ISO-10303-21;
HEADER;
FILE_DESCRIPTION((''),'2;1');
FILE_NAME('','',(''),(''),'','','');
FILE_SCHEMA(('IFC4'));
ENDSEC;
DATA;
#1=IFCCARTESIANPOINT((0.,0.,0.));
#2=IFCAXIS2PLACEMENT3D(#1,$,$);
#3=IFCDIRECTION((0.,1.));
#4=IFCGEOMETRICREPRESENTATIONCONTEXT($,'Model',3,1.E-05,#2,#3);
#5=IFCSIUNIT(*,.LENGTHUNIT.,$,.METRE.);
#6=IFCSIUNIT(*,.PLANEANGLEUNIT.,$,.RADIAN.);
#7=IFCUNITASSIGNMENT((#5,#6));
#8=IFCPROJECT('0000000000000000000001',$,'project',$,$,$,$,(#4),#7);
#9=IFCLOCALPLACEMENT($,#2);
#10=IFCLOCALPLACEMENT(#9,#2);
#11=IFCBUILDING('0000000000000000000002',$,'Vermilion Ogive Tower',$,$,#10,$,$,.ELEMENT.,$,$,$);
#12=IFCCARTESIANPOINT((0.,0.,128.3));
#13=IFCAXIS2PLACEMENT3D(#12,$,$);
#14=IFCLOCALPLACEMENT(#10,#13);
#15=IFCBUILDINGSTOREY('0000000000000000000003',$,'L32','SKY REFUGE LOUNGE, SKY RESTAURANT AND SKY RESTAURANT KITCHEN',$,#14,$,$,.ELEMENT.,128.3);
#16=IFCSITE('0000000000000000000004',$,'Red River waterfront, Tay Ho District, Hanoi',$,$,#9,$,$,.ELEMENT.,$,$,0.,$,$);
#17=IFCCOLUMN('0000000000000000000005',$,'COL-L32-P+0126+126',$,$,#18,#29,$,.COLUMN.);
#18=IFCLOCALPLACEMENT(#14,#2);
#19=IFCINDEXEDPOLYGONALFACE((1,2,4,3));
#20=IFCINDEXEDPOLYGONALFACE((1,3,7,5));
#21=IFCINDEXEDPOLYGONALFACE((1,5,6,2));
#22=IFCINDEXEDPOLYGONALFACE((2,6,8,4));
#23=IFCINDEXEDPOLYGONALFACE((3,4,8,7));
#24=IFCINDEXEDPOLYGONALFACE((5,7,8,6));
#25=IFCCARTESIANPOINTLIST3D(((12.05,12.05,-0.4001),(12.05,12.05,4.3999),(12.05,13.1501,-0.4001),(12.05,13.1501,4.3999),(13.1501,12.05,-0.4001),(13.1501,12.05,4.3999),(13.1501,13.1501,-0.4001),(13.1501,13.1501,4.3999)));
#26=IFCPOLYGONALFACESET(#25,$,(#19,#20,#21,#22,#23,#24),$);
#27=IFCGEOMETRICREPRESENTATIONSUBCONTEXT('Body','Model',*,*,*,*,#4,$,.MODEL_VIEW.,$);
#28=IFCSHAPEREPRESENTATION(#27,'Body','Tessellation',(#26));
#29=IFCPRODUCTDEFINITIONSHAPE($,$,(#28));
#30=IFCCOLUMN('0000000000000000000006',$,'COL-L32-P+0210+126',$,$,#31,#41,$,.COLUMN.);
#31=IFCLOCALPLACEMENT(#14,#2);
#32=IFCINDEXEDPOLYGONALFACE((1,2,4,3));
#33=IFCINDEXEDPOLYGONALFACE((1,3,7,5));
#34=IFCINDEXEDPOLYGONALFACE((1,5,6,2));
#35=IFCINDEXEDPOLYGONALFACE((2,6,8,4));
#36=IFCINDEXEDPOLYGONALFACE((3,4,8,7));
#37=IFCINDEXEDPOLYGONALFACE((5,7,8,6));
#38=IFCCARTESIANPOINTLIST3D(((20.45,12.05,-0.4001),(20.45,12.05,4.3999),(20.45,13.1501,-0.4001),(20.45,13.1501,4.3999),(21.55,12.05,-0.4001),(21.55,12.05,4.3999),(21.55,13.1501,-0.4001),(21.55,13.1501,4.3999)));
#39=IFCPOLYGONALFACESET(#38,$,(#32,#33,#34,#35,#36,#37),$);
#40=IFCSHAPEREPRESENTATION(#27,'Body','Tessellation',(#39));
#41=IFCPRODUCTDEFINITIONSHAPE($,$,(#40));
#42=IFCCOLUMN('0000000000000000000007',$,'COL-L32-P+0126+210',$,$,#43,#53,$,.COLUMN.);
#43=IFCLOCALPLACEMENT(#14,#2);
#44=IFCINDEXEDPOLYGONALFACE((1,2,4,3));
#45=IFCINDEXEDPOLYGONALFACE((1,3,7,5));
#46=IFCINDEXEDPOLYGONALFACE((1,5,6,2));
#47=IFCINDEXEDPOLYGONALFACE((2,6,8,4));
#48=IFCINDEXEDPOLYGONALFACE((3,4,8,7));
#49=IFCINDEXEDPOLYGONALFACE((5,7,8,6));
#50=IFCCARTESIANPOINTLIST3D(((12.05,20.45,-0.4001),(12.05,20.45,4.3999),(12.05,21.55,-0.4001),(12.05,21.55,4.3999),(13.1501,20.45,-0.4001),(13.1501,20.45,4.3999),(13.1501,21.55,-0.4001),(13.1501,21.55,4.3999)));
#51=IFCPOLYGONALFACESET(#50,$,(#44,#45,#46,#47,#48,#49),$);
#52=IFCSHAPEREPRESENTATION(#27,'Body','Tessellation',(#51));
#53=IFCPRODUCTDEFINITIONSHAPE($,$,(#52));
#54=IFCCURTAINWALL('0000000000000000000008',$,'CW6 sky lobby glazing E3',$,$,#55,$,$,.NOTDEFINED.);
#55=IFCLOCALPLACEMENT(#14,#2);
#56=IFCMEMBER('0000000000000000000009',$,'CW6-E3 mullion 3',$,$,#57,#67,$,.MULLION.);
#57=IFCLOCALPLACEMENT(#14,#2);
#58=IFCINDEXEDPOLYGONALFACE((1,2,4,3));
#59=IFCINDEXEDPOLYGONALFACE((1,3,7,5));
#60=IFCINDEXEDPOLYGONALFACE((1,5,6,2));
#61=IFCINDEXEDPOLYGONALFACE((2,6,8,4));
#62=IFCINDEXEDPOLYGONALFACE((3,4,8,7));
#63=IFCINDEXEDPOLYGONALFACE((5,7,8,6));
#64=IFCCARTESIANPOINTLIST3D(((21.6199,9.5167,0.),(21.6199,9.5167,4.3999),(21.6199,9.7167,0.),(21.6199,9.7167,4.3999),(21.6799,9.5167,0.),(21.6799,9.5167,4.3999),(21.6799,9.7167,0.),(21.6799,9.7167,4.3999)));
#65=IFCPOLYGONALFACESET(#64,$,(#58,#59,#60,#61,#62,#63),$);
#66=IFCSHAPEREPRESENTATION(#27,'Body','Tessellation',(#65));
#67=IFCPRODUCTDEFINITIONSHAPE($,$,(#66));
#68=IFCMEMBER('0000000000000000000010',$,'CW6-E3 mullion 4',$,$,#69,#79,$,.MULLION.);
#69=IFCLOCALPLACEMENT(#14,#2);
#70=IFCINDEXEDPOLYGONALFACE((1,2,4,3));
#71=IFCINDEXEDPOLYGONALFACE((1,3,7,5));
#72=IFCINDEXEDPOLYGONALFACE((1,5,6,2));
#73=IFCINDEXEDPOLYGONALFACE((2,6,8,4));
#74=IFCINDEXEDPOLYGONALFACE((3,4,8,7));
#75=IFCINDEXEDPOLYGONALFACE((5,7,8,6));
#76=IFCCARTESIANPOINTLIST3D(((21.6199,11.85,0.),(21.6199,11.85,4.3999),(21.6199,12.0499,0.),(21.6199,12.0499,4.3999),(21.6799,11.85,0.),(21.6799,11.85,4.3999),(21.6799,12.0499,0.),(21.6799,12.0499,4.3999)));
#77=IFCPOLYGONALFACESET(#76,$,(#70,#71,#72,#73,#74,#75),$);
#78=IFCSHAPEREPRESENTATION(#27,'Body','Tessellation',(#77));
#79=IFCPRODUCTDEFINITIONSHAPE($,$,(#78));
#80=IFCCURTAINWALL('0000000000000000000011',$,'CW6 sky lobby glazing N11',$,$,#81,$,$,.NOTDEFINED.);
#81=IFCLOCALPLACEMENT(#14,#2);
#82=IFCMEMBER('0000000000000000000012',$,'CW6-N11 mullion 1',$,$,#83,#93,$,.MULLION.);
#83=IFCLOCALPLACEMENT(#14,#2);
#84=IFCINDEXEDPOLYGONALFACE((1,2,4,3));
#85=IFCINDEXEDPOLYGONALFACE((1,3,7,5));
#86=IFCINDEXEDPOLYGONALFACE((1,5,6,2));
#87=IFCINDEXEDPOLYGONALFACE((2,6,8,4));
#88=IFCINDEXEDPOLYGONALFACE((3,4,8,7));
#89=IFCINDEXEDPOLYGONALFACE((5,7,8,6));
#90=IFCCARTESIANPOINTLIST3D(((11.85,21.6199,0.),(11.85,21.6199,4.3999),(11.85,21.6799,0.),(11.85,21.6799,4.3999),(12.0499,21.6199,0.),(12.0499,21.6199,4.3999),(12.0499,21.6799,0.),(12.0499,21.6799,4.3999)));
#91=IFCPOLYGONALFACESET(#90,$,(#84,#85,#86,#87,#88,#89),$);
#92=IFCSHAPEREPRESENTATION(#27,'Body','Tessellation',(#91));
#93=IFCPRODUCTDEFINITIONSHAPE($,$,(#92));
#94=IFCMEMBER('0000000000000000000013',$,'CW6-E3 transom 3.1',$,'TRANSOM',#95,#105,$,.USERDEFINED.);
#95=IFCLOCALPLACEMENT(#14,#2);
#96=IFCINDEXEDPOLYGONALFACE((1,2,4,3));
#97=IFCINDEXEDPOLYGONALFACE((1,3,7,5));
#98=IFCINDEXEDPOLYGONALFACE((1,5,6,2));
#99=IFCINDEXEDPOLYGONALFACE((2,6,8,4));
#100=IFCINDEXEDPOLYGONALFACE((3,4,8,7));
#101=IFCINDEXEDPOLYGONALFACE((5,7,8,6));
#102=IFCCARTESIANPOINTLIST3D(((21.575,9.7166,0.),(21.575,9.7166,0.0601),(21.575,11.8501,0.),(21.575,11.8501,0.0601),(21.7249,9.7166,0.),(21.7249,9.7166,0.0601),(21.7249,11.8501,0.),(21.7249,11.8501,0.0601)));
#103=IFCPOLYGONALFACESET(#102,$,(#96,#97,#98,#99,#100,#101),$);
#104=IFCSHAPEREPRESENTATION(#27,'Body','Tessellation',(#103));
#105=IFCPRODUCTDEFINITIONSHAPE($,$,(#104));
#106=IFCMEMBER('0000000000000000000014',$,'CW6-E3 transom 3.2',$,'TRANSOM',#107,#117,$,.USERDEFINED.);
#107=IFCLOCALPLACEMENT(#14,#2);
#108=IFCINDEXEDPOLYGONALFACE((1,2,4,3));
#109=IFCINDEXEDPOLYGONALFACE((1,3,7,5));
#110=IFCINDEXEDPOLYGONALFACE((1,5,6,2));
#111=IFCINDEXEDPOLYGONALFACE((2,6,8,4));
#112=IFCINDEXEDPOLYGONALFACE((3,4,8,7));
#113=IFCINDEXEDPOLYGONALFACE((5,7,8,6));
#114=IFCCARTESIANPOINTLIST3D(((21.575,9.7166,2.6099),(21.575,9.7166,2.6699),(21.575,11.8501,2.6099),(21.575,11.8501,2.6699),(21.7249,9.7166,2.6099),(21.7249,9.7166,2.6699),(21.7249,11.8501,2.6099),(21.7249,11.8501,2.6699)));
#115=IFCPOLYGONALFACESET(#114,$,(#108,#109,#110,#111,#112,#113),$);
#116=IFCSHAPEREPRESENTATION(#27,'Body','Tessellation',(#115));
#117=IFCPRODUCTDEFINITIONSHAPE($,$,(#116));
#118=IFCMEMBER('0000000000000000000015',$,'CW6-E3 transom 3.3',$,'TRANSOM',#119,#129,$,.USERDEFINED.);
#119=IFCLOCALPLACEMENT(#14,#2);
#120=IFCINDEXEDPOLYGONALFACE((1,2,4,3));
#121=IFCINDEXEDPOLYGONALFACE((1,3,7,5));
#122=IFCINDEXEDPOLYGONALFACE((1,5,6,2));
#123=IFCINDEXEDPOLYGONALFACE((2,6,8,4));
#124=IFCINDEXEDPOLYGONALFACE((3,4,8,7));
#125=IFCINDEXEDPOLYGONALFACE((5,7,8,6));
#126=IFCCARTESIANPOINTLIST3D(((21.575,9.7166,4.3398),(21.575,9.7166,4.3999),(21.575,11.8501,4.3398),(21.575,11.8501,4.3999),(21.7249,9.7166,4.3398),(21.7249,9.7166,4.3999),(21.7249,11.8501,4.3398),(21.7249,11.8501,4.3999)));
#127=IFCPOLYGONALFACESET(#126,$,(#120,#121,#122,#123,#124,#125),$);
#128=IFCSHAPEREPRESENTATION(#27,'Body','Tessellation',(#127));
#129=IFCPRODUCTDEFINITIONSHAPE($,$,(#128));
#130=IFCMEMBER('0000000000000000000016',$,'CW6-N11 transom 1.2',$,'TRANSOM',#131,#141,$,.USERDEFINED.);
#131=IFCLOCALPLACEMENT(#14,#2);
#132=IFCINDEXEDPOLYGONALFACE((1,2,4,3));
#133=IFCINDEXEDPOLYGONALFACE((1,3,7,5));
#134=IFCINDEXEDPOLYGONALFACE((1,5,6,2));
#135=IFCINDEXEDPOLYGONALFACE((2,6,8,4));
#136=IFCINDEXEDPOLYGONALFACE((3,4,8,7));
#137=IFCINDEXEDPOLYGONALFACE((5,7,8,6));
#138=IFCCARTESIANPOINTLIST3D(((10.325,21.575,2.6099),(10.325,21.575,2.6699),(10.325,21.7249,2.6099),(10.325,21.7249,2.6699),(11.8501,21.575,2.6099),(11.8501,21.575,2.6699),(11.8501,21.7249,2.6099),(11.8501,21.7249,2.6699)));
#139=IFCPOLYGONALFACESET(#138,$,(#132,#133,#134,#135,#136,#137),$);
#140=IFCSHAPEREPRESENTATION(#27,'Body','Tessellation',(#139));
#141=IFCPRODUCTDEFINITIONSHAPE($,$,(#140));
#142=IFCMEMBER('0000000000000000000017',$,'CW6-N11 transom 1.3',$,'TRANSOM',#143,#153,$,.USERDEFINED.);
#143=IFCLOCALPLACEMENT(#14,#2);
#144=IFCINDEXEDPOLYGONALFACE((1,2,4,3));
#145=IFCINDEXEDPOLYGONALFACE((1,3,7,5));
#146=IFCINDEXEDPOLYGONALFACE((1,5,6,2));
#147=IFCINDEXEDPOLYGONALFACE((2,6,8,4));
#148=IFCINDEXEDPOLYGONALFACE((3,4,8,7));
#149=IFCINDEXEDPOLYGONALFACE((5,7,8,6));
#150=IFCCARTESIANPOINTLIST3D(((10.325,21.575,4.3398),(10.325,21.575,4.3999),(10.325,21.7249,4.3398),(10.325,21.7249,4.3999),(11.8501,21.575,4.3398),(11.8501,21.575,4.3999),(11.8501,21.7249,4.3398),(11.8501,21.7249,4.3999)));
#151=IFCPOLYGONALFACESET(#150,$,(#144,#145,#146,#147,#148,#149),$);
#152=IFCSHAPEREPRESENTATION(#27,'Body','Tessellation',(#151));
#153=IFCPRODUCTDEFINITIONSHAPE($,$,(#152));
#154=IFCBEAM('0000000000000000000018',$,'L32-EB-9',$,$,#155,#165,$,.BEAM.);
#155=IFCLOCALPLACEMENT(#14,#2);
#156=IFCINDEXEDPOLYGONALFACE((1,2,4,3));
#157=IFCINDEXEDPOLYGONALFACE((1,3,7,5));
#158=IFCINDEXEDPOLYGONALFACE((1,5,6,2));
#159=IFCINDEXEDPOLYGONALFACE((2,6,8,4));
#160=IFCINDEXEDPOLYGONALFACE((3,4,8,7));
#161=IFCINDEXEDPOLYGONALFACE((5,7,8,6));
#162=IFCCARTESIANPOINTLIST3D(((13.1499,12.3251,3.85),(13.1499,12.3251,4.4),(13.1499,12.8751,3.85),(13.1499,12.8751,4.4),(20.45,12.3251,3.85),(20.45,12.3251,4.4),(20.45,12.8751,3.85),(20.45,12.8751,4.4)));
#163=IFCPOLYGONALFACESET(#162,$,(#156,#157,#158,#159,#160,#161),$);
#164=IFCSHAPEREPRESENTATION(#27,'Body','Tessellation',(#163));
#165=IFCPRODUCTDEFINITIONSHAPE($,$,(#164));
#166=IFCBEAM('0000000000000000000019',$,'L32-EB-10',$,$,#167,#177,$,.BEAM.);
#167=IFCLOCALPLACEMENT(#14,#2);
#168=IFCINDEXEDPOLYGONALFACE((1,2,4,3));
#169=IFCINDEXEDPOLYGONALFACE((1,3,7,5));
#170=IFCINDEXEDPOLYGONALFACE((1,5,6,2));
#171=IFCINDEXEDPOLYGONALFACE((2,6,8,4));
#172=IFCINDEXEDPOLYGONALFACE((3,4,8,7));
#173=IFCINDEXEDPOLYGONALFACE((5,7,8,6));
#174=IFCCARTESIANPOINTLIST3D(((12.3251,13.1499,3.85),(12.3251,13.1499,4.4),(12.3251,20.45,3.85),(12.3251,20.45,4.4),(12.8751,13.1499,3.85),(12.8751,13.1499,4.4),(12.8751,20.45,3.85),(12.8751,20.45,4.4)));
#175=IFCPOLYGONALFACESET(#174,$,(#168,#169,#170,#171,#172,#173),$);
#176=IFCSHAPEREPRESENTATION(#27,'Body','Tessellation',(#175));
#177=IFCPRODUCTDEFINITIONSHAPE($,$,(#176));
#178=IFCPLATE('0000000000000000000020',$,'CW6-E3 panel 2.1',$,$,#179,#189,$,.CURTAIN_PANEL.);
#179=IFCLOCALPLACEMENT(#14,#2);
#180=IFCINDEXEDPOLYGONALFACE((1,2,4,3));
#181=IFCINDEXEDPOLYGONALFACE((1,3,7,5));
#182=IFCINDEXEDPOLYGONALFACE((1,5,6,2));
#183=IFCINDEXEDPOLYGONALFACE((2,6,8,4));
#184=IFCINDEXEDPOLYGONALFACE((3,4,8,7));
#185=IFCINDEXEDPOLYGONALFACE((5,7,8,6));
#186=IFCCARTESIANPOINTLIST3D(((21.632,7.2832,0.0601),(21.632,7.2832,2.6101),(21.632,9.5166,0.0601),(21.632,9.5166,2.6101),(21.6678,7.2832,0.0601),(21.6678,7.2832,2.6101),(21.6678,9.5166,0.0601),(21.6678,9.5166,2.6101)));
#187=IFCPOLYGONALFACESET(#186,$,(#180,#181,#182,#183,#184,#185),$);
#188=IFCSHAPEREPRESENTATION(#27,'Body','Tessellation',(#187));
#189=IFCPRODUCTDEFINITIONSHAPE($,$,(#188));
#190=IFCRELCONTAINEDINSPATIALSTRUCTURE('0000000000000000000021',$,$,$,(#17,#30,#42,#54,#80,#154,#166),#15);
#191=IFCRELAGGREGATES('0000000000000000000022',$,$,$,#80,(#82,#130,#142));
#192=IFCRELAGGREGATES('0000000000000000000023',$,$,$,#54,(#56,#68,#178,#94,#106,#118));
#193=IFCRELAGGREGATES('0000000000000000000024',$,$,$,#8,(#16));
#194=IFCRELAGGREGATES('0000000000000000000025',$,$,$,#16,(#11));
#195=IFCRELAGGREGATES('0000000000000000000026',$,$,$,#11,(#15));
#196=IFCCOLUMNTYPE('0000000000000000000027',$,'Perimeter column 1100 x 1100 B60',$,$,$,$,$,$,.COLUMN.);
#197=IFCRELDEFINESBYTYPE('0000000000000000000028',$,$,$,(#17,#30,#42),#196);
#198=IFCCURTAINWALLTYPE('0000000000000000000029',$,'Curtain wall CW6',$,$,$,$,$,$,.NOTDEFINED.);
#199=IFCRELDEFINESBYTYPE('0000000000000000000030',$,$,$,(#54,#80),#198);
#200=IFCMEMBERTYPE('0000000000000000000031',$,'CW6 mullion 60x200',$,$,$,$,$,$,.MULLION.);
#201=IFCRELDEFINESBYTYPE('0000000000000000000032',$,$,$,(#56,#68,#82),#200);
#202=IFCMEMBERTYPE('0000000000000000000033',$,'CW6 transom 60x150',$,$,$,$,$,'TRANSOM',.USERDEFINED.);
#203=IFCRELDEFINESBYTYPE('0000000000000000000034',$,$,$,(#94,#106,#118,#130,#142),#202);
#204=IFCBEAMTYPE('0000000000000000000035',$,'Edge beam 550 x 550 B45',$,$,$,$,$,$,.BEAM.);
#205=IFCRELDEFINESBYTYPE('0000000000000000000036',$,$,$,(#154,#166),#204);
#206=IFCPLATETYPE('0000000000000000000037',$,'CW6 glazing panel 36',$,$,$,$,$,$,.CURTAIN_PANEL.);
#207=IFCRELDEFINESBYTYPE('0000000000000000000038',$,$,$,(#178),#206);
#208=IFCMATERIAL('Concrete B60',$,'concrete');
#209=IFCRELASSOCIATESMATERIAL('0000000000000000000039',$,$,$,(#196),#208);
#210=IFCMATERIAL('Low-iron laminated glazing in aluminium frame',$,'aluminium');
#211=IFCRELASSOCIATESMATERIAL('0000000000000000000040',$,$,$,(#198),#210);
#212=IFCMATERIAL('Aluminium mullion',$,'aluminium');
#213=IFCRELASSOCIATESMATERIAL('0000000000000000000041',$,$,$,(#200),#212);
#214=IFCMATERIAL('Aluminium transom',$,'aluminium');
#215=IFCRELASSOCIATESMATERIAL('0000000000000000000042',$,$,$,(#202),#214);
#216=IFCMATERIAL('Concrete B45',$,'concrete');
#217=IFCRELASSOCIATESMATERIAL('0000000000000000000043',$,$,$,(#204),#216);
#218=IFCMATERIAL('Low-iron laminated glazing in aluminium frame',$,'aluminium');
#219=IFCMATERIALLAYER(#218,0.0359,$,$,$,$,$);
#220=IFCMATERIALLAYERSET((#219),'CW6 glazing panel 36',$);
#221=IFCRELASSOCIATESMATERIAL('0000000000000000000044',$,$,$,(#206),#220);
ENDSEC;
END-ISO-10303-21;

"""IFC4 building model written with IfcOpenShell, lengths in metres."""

from ifc_helpers import new_model, si_unit, direction, frame, origin, origin_2d, place, context, subcontext, project, spatial, rectangle, extrude, material, layer, layer_set, material_profile, profile_set, type_object, element, aggregate, save


model = new_model("IFC4")

# Units and contexts
model_context = context("Model", 3, precision=1e-05, world=origin(), true_north=direction((0.0, 1.0)))
body_context = subcontext(model_context, "Body", "Model", "MODEL_VIEW")
ifc_project = project(units=[si_unit("LENGTHUNIT", "METRE"), si_unit("PLANEANGLEUNIT", "RADIAN")], contexts=[model_context])

# Site, building, storey
site_placement = place(None, origin())
site = spatial("IfcSite", under=ifc_project, at=site_placement, Name="Red River waterfront, Tay Ho District, Hanoi", CompositionType="ELEMENT", RefElevation=0.0)
building_placement = place(site_placement, origin())
building = spatial("IfcBuilding", under=site, at=building_placement, Name="Vermilion Ogive Tower", CompositionType="ELEMENT")
storey_placement = place(building_placement, frame((0.0, 0.0, 128.3)))
storey = spatial("IfcBuildingStorey", under=building, at=storey_placement, Name="L32", Description="SKY REFUGE LOUNGE, SKY RESTAURANT AND SKY RESTAURANT KITCHEN", CompositionType="ELEMENT", Elevation=128.3)

# Columns
ifc_material_1 = material(Name="Concrete B60", Category="concrete")
ifc_material_profile_1 = material_profile(ifc_material_1, rectangle(XDim=1.1001, YDim=1.1001, at=origin_2d()), Name="1100 x 1100")
ifc_profile_set_1 = profile_set([ifc_material_profile_1], Name="Concrete B60")
column_type = type_object("IfcColumnType", Name="Perimeter column 1100 x 1100 B60", PredefinedType="COLUMN", material=ifc_profile_set_1)
for number, where, z_axis, x_axis, name in (
    (1, (12.6001, 12.6001, -0.4001), (0.0, 0.0, 1.0), (1.0, 0.0, 0.0), "COL-L32-P+0126+126"),
    (2, (21.0, 12.6001, -0.4001), (0.0, 0.0, 1.0), (1.0, 0.0, 0.0), "COL-L32-P+0210+126"),
    (3, (12.6001, 21.0, -0.4001), (0.0, 0.0, 1.0), (1.0, 0.0, 0.0), "COL-L32-P+0126+210"),
):
    element("IfcColumn", number, at=place(storey_placement, frame(where, z_axis=z_axis, x_axis=x_axis)), inside=storey, type_object=column_type, Name=name, PredefinedType="COLUMN", context=body_context, shape_type="SweptSolid", body=[
        extrude(rectangle(XDim=1.1001, YDim=1.1001, at=origin_2d()), origin(), (0.0, 0.0, 1.0), 4.8),
    ])

# Curtain wall, members
ifc_material_2 = material(Name="Low-iron laminated glazing in aluminium frame", Category="aluminium")
curtain_wall_type = type_object("IfcCurtainWallType", Name="Curtain wall CW6", PredefinedType="NOTDEFINED", material=ifc_material_2)
curtain_wall_1_placement = place(storey_placement, origin())
curtain_wall_1 = element("IfcCurtainWall", 4, at=curtain_wall_1_placement, inside=storey, type_object=curtain_wall_type, Name="CW6 sky lobby glazing E3", PredefinedType="NOTDEFINED")
ifc_material_3 = material(Name="Aluminium mullion", Category="aluminium")
ifc_material_profile_2 = material_profile(ifc_material_3, rectangle(XDim=0.0601, YDim=0.2, at=origin_2d()), Name="AL 60x200")
ifc_profile_set_2 = profile_set([ifc_material_profile_2], Name="Aluminium mullion")
member_type_1 = type_object("IfcMemberType", Name="CW6 mullion 60x200", PredefinedType="MULLION", material=ifc_profile_set_2)
member_1_placement = place(storey_placement, frame((21.6499, 9.6167, 0.0), z_axis=(0.0, 0.0, 1.0), x_axis=(-1.0, 0.0, 0.0)))
member_1 = element("IfcMember", 5, at=member_1_placement, type_object=member_type_1, Name="CW6-E3 mullion 3", PredefinedType="MULLION", context=body_context, shape_type="SweptSolid", body=[
    extrude(rectangle(XDim=0.0601, YDim=0.2, at=origin_2d()), origin(), (0.0, 0.0, 1.0), 4.3999),
])
member_2_placement = place(storey_placement, frame((21.6499, 11.95, 0.0), z_axis=(0.0, 0.0, 1.0), x_axis=(-1.0, 0.0, 0.0)))
member_2 = element("IfcMember", 6, at=member_2_placement, type_object=member_type_1, Name="CW6-E3 mullion 4", PredefinedType="MULLION", context=body_context, shape_type="SweptSolid", body=[
    extrude(rectangle(XDim=0.0601, YDim=0.2, at=origin_2d()), origin(), (0.0, 0.0, 1.0), 4.3999),
])

# Curtain wall, member
curtain_wall_2_placement = place(storey_placement, origin())
curtain_wall_2 = element("IfcCurtainWall", 7, at=curtain_wall_2_placement, inside=storey, type_object=curtain_wall_type, Name="CW6 sky lobby glazing N11", PredefinedType="NOTDEFINED")
member_3_placement = place(storey_placement, frame((11.95, 21.6499, 0.0), z_axis=(0.0, 0.0, 1.0), x_axis=(0.0, -1.0, 0.0)))
member_3 = element("IfcMember", 8, at=member_3_placement, type_object=member_type_1, Name="CW6-N11 mullion 1", PredefinedType="MULLION", context=body_context, shape_type="SweptSolid", body=[
    extrude(rectangle(XDim=0.0601, YDim=0.2, at=origin_2d()), origin(), (0.0, 0.0, 1.0), 4.3999),
])

# Members
ifc_material_4 = material(Name="Aluminium transom", Category="aluminium")
ifc_material_profile_3 = material_profile(ifc_material_4, rectangle(XDim=0.1499, YDim=0.0601, at=origin_2d()), Name="AL 60x150")
ifc_profile_set_3 = profile_set([ifc_material_profile_3], Name="Aluminium transom")
member_type_2 = type_object("IfcMemberType", Name="CW6 transom 60x150", ElementType="TRANSOM", PredefinedType="USERDEFINED", material=ifc_profile_set_3)
member_4_placement = place(storey_placement, frame((21.6499, 9.7166, 0.03), z_axis=(0.0, 1.0, 0.0), x_axis=(-1.0, 0.0, 0.0)))
member_4 = element("IfcMember", 9, at=member_4_placement, type_object=member_type_2, Name="CW6-E3 transom 3.1", ObjectType="TRANSOM", PredefinedType="USERDEFINED", context=body_context, shape_type="SweptSolid", body=[
    extrude(rectangle(XDim=0.1499, YDim=0.0601, at=origin_2d()), origin(), (0.0, 0.0, 1.0), 2.1335),
])
member_5_placement = place(storey_placement, frame((21.6499, 9.7166, 2.6399), z_axis=(0.0, 1.0, 0.0), x_axis=(-1.0, 0.0, 0.0)))
member_5 = element("IfcMember", 10, at=member_5_placement, type_object=member_type_2, Name="CW6-E3 transom 3.2", ObjectType="TRANSOM", PredefinedType="USERDEFINED", context=body_context, shape_type="SweptSolid", body=[
    extrude(rectangle(XDim=0.1499, YDim=0.0601, at=origin_2d()), origin(), (0.0, 0.0, 1.0), 2.1335),
])
member_6_placement = place(storey_placement, frame((21.6499, 9.7166, 4.3699), z_axis=(0.0, 1.0, 0.0), x_axis=(-1.0, 0.0, 0.0)))
member_6 = element("IfcMember", 11, at=member_6_placement, type_object=member_type_2, Name="CW6-E3 transom 3.3", ObjectType="TRANSOM", PredefinedType="USERDEFINED", context=body_context, shape_type="SweptSolid", body=[
    extrude(rectangle(XDim=0.1499, YDim=0.0601, at=origin_2d()), origin(), (0.0, 0.0, 1.0), 2.1335),
])
member_7_placement = place(storey_placement, frame((11.8501, 21.6499, 2.6399), z_axis=(-1.0, 0.0, 0.0), x_axis=(0.0, -1.0, 0.0)))
member_7 = element("IfcMember", 12, at=member_7_placement, type_object=member_type_2, Name="CW6-N11 transom 1.2", ObjectType="TRANSOM", PredefinedType="USERDEFINED", context=body_context, shape_type="SweptSolid", body=[
    extrude(rectangle(XDim=0.1499, YDim=0.0601, at=origin_2d()), origin(), (0.0, 0.0, 1.0), 1.5251),
])
member_8_placement = place(storey_placement, frame((11.8501, 21.6499, 4.3699), z_axis=(-1.0, 0.0, 0.0), x_axis=(0.0, -1.0, 0.0)))
member_8 = element("IfcMember", 13, at=member_8_placement, type_object=member_type_2, Name="CW6-N11 transom 1.3", ObjectType="TRANSOM", PredefinedType="USERDEFINED", context=body_context, shape_type="SweptSolid", body=[
    extrude(rectangle(XDim=0.1499, YDim=0.0601, at=origin_2d()), origin(), (0.0, 0.0, 1.0), 1.5251),
])
aggregate(curtain_wall_2, [member_3, member_7, member_8])

# Beams
ifc_material_5 = material(Name="Concrete B45", Category="concrete")
ifc_material_profile_4 = material_profile(ifc_material_5, rectangle(XDim=0.55, YDim=0.55, at=origin_2d()), Name="550 x 550")
ifc_profile_set_4 = profile_set([ifc_material_profile_4], Name="Concrete B45")
beam_type = type_object("IfcBeamType", Name="Edge beam 550 x 550 B45", PredefinedType="BEAM", material=ifc_profile_set_4)
for number, where, z_axis, x_axis, name in (
    (14, (20.45, 12.6001, 4.125), (-1.0, 0.0, 0.0), (0.0, -1.0, 0.0), "L32-EB-9"),
    (15, (12.6001, 13.1499, 4.125), (0.0, 1.0, 0.0), (-1.0, 0.0, 0.0), "L32-EB-10"),
):
    element("IfcBeam", number, at=place(storey_placement, frame(where, z_axis=z_axis, x_axis=x_axis)), inside=storey, type_object=beam_type, Name=name, PredefinedType="BEAM", context=body_context, shape_type="SweptSolid", body=[
        extrude(rectangle(XDim=0.55, YDim=0.55, at=origin_2d()), origin(), (0.0, 0.0, 1.0), 7.3),
    ])

# Plate
ifc_material_6 = material(Name="Low-iron laminated glazing in aluminium frame", Category="aluminium")
ifc_layer_1 = layer(ifc_material_6, 0.0359)
ifc_layer_set_1 = layer_set([ifc_layer_1], Name="CW6 glazing panel 36")
plate_type = type_object("IfcPlateType", Name="CW6 glazing panel 36", PredefinedType="CURTAIN_PANEL", material=ifc_layer_set_1)
plate_1_placement = place(storey_placement, frame((21.6499, 8.3999, 0.0601), z_axis=(0.0, 0.0, 1.0), x_axis=(0.0, 1.0, 0.0)))
plate_1 = element("IfcPlate", 16, at=plate_1_placement, type_object=plate_type, Name="CW6-E3 panel 2.1", PredefinedType="CURTAIN_PANEL", context=body_context, shape_type="SweptSolid", body=[
    extrude(rectangle(XDim=2.2334, YDim=0.0359, at=origin_2d()), origin(), (0.0, 0.0, 1.0), 2.55),
])
aggregate(curtain_wall_1, [member_1, member_2, plate_1, member_4, member_5, member_6])

save(model, "model.ifc")
